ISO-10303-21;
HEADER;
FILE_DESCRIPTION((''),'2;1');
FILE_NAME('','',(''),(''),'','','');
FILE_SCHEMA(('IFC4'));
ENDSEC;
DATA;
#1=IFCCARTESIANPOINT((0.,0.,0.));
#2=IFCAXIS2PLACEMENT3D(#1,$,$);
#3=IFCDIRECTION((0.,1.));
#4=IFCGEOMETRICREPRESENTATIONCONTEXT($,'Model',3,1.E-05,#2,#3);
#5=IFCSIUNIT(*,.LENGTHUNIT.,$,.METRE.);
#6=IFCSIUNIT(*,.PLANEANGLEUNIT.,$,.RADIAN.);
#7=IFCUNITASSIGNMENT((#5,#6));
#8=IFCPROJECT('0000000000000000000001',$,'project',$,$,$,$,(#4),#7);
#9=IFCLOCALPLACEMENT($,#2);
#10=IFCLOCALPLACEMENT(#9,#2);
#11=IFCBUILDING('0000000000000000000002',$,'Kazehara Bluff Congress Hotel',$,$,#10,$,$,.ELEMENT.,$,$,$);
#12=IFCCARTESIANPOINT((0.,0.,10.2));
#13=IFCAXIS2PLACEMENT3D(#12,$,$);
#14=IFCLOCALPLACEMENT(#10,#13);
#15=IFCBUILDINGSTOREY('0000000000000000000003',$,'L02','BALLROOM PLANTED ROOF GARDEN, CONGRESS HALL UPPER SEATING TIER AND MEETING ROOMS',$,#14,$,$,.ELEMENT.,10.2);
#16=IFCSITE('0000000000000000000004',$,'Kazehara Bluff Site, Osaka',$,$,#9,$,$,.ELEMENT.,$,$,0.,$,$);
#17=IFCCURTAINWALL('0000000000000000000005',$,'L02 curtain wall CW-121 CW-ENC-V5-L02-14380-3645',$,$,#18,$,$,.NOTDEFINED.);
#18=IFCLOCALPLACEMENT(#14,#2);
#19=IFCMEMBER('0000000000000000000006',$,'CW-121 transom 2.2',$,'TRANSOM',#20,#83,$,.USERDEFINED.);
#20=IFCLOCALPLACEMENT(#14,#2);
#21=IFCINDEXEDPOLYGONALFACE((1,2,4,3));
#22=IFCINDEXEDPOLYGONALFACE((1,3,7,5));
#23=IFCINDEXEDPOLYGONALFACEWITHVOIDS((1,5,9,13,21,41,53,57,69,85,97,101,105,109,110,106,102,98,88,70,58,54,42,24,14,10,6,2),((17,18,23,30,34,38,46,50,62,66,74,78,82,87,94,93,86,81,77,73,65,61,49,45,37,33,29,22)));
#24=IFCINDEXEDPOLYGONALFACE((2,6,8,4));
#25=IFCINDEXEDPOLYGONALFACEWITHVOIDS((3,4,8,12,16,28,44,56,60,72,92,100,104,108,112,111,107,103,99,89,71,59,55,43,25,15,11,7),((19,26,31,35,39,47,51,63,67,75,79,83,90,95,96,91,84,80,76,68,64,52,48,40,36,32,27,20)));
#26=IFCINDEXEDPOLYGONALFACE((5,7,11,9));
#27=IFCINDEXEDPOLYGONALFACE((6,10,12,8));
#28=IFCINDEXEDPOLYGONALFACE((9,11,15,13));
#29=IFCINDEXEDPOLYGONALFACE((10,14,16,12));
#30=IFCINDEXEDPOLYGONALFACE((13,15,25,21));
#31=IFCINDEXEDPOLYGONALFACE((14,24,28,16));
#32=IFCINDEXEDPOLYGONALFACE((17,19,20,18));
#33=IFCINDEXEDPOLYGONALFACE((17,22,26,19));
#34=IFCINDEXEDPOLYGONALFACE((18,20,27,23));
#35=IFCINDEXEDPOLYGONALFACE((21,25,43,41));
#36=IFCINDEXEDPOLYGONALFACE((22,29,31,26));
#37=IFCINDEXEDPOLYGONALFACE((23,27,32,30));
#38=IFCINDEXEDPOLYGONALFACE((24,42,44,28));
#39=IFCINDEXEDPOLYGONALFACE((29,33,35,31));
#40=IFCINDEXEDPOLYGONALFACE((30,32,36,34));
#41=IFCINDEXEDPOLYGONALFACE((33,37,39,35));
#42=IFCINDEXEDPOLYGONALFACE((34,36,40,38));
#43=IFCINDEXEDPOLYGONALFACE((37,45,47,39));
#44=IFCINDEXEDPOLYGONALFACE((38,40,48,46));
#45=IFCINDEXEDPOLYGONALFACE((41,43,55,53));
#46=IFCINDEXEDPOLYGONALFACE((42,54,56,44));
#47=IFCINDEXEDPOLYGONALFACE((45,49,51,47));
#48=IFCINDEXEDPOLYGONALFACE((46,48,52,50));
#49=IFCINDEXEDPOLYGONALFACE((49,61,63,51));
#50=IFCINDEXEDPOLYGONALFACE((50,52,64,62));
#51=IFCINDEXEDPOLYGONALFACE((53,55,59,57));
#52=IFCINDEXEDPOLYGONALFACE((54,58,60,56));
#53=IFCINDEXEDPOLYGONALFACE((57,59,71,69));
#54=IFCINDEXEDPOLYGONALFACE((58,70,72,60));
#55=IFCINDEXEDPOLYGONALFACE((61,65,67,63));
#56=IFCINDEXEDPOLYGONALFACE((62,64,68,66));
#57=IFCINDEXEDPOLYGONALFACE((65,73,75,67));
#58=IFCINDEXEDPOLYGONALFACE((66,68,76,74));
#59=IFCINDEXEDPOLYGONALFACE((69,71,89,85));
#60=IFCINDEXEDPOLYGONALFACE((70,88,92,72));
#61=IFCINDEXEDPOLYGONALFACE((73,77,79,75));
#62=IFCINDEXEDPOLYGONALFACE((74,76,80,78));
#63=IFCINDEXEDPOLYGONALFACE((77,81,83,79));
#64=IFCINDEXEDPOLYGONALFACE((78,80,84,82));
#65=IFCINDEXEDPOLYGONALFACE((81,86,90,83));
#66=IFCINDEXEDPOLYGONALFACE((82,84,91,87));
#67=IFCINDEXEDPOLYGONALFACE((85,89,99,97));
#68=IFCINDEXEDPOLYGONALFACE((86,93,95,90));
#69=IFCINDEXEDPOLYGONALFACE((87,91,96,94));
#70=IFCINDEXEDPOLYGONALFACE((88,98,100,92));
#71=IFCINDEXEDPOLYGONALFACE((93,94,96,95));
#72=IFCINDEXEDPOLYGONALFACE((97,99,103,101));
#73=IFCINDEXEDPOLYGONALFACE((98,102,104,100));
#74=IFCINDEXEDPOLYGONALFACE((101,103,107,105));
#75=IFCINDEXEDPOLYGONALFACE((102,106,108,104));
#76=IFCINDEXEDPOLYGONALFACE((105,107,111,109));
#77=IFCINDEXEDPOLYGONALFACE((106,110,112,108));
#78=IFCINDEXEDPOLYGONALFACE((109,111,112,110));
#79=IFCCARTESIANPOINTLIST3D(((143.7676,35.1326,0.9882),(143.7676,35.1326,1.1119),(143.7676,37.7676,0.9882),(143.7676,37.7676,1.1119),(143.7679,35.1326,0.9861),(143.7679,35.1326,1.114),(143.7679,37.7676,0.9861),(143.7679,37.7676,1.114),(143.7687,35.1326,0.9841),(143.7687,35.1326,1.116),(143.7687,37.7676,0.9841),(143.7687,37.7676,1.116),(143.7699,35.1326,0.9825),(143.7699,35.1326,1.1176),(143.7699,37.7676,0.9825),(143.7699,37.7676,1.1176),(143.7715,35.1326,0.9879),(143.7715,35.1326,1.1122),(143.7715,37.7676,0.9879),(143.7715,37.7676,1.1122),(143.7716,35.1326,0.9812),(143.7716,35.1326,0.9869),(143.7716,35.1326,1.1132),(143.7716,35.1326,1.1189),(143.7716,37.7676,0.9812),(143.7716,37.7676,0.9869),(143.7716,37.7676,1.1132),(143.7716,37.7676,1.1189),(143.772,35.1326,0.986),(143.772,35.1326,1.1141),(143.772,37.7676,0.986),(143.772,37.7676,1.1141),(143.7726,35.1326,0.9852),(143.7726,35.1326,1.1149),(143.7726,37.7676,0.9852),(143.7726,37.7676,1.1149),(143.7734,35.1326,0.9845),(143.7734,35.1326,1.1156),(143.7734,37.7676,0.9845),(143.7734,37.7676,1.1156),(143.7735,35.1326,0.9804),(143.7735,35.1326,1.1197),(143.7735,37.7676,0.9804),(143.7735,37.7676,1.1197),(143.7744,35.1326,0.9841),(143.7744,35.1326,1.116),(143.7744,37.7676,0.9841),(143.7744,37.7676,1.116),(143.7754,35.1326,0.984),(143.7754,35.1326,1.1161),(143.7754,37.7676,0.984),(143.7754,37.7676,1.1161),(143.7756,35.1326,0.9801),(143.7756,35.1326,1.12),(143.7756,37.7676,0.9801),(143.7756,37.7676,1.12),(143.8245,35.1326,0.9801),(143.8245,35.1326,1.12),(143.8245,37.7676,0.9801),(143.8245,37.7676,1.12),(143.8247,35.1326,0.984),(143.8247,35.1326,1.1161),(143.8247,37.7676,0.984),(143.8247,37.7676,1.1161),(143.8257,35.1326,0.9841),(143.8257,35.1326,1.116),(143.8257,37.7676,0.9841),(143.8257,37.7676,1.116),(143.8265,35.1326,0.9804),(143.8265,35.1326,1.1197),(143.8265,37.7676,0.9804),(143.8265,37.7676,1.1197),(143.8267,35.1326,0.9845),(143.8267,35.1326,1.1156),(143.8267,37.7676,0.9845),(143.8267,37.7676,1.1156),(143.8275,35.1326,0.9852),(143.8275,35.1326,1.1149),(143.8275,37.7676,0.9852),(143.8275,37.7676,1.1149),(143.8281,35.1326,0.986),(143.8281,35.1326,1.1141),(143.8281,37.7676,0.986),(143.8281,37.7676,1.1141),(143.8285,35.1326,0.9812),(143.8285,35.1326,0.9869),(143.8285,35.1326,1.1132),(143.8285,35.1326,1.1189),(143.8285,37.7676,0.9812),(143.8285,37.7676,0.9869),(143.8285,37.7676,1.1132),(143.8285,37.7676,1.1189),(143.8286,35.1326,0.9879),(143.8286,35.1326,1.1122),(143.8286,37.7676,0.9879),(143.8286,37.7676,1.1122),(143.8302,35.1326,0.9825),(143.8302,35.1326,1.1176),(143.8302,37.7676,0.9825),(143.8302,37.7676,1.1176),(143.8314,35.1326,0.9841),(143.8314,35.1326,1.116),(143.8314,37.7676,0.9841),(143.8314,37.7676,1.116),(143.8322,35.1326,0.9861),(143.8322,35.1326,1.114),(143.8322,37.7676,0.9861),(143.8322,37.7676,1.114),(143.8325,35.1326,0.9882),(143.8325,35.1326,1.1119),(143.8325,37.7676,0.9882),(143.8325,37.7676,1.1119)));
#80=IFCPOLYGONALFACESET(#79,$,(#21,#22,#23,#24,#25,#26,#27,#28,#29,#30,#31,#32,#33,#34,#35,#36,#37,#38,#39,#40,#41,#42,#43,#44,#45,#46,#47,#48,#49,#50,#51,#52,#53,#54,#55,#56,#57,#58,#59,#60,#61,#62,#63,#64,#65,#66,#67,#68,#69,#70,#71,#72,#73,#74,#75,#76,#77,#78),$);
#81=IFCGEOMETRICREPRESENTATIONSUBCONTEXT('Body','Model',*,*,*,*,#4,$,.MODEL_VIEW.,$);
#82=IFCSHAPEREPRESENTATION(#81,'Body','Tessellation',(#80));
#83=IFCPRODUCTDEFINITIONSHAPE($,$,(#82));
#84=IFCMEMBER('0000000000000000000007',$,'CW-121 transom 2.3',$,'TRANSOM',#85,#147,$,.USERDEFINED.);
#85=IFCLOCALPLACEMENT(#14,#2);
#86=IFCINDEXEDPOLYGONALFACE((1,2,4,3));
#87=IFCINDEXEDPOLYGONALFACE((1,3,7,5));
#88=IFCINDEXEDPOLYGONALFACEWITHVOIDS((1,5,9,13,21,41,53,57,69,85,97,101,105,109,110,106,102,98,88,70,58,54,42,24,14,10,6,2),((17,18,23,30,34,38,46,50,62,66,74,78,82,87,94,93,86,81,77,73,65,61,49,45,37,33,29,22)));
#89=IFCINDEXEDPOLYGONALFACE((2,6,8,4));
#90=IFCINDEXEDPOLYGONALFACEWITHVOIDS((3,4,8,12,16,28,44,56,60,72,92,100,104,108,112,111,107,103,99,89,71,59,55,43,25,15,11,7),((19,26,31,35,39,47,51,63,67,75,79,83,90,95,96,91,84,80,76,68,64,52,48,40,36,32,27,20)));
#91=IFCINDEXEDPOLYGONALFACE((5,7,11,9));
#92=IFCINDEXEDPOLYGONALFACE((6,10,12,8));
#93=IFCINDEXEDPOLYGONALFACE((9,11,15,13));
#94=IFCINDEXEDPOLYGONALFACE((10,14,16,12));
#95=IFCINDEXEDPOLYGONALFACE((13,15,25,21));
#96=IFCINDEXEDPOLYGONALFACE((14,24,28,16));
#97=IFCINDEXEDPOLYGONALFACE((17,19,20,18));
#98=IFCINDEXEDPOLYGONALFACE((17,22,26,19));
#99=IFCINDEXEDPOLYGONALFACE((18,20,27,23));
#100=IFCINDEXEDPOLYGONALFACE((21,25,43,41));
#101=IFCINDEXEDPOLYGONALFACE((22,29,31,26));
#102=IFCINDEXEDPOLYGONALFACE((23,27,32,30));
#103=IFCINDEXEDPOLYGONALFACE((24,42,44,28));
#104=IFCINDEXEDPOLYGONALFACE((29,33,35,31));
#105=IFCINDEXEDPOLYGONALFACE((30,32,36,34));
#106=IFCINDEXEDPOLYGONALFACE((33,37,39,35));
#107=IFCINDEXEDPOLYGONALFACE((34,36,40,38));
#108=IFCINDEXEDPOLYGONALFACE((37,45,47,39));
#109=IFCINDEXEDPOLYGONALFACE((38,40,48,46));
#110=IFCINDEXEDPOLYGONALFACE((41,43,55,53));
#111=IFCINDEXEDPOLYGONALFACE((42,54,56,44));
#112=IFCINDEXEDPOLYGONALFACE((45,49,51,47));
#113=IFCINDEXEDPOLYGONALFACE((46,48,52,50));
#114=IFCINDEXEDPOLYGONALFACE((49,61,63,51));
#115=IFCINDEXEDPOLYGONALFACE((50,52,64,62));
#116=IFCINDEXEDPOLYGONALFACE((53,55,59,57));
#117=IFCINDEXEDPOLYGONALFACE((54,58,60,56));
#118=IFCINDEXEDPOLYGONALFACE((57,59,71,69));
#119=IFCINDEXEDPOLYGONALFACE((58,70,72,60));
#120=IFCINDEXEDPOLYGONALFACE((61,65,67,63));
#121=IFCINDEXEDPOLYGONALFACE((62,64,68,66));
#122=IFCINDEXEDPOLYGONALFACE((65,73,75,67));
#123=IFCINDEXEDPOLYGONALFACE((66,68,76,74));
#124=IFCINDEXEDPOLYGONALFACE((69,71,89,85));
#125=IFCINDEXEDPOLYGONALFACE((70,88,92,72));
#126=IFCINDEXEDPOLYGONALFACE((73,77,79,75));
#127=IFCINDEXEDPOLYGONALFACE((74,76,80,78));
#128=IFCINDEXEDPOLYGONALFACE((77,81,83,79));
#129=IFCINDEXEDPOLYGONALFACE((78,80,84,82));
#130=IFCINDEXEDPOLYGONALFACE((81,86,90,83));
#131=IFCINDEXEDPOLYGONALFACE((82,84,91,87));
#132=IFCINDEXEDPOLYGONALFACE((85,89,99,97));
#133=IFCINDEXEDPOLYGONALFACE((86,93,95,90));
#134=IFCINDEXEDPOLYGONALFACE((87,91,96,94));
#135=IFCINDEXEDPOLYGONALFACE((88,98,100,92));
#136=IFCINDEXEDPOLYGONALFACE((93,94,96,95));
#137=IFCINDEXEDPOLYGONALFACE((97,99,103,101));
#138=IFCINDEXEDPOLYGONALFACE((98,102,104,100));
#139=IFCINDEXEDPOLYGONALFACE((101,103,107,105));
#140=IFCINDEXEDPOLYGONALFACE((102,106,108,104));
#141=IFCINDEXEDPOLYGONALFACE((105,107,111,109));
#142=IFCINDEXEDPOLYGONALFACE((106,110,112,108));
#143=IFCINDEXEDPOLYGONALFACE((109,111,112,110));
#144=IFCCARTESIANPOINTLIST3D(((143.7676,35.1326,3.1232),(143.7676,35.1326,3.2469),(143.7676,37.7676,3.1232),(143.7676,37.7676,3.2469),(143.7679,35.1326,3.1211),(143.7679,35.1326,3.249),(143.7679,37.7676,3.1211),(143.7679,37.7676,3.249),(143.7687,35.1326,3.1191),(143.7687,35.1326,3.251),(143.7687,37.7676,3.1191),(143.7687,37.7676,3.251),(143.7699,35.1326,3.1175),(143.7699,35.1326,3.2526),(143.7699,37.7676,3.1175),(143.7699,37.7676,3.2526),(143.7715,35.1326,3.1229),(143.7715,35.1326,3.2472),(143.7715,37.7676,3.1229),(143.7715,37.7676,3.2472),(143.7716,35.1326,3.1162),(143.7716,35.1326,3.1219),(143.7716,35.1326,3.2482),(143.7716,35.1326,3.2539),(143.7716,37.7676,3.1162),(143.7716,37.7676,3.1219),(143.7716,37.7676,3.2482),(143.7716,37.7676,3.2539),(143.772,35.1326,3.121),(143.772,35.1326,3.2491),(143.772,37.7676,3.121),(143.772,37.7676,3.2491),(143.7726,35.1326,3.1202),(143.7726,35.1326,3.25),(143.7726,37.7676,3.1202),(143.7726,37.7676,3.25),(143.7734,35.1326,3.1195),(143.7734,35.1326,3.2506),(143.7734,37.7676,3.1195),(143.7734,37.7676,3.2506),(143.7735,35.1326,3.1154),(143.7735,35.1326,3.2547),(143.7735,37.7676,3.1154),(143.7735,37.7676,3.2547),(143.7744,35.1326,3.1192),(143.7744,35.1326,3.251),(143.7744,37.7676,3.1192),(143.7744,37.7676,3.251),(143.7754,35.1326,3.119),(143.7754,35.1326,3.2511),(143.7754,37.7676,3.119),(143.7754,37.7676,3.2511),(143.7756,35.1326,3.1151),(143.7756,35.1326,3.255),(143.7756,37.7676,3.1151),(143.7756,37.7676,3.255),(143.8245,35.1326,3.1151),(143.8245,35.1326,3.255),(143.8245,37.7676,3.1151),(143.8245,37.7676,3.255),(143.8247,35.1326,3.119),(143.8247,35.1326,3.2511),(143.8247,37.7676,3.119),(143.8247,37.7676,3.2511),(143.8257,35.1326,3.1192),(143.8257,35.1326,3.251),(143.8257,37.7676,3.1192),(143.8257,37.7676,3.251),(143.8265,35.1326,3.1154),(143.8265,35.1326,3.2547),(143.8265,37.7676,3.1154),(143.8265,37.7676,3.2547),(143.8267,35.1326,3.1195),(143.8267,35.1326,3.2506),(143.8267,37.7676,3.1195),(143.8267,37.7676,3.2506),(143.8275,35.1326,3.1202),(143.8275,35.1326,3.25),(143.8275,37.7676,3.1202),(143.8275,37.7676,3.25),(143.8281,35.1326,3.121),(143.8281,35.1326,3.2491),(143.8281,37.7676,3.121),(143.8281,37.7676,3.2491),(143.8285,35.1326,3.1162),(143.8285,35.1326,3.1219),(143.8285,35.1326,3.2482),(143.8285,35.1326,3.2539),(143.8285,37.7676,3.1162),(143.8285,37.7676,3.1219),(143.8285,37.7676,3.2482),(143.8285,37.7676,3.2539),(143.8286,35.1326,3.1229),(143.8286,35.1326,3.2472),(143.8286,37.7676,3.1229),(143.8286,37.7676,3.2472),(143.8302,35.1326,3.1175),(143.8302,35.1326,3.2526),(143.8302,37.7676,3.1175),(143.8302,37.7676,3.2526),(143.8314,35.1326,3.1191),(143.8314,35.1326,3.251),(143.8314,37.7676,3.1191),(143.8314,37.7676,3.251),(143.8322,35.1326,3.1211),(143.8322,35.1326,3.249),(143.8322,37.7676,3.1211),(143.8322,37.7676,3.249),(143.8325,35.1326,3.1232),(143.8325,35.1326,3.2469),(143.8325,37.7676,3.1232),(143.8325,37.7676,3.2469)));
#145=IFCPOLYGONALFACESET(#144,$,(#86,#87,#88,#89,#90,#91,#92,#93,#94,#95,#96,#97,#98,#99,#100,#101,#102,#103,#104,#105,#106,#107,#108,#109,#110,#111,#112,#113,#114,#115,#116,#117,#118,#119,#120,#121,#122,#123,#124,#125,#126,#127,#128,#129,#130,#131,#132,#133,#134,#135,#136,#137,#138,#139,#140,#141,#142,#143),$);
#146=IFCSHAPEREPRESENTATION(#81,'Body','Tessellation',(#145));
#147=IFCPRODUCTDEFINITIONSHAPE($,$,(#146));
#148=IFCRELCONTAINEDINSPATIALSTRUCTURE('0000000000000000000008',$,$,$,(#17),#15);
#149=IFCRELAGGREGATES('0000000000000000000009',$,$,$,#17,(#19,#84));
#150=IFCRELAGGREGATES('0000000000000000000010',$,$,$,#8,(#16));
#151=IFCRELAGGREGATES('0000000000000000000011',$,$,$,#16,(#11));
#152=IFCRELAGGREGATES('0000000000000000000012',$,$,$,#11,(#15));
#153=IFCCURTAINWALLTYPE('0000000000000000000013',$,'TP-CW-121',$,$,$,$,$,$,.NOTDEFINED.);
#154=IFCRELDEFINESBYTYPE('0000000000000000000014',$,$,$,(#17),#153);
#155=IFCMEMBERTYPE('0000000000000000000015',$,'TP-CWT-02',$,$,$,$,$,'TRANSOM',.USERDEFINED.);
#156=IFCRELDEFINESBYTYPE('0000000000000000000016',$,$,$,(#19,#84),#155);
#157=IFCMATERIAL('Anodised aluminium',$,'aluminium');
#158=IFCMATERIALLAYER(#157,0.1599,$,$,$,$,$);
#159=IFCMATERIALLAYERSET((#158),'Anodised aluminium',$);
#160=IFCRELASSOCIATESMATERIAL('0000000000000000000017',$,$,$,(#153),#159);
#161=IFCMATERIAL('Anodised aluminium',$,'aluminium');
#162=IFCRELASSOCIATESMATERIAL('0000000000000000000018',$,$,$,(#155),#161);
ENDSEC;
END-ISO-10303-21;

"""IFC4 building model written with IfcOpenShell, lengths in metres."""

from ifc_helpers import new_model, si_unit, direction, frame, origin, origin_2d, place, context, subcontext, project, spatial, hollow_rectangle, extrude, material, layer, layer_set, material_profile, profile_set, type_object, element, aggregate, save


model = new_model("IFC4")

# Units and contexts
model_context = context("Model", 3, precision=1e-05, world=origin(), true_north=direction((0.0, 1.0)))
body_context = subcontext(model_context, "Body", "Model", "MODEL_VIEW")
ifc_project = project(units=[si_unit("LENGTHUNIT", "METRE"), si_unit("PLANEANGLEUNIT", "RADIAN")], contexts=[model_context])

# Site, building, storey
site_placement = place(None, origin())
site = spatial("IfcSite", under=ifc_project, at=site_placement, Name="Kazehara Bluff Site, Osaka", CompositionType="ELEMENT", RefElevation=0.0)
building_placement = place(site_placement, origin())
building = spatial("IfcBuilding", under=site, at=building_placement, Name="Kazehara Bluff Congress Hotel", CompositionType="ELEMENT")
storey_placement = place(building_placement, frame((0.0, 0.0, 10.2)))
storey = spatial("IfcBuildingStorey", under=building, at=storey_placement, Name="L02", Description="BALLROOM PLANTED ROOF GARDEN, CONGRESS HALL UPPER SEATING TIER AND MEETING ROOMS", CompositionType="ELEMENT", Elevation=10.2)

# Curtain wall
ifc_material_1 = material(Name="Anodised aluminium", Category="aluminium")
ifc_layer_1 = layer(ifc_material_1, 0.1599)
ifc_layer_set_1 = layer_set([ifc_layer_1], Name="Anodised aluminium")
curtain_wall_type_1 = type_object("IfcCurtainWallType", Name="TP-CW-121", PredefinedType="NOTDEFINED", material=ifc_layer_set_1)
curtain_wall_1_placement = place(storey_placement, origin())
curtain_wall_1 = element("IfcCurtainWall", 1, at=curtain_wall_1_placement, inside=storey, type_object=curtain_wall_type_1, Name="L02 curtain wall CW-121 CW-ENC-V5-L02-14380-3645", PredefinedType="NOTDEFINED")

# Members
ifc_material_2 = material(Name="Anodised aluminium", Category="aluminium")
ifc_material_profile_1 = material_profile(ifc_material_2, hollow_rectangle(XDim=0.0649, YDim=0.1399, WallThickness=0.0039, InnerFilletRadius=0.0039, OuterFilletRadius=0.0081, at=origin_2d()))
ifc_profile_set_1 = profile_set([ifc_material_profile_1], Name="Anodised aluminium")
member_type_1 = type_object("IfcMemberType", Name="TP-CWT-02", ElementType="TRANSOM", PredefinedType="USERDEFINED", material=ifc_profile_set_1)
member_1_placement = place(storey_placement, frame((143.8, 35.1326, 1.05), z_axis=(0.0, 1.0, 0.0), x_axis=(-1.0, 0.0, 0.0)))
member_1 = element("IfcMember", 2, at=member_1_placement, type_object=member_type_1, Name="CW-121 transom 2.2", ObjectType="TRANSOM", PredefinedType="USERDEFINED", context=body_context, shape_type="SweptSolid", body=[
    extrude(hollow_rectangle(XDim=0.0649, YDim=0.1399, WallThickness=0.0039, InnerFilletRadius=0.0039, OuterFilletRadius=0.0081, at=origin_2d()), origin(), (0.0, 0.0, 1.0), 2.635),
])
member_2_placement = place(storey_placement, frame((143.8, 35.1326, 3.1851), z_axis=(0.0, 1.0, 0.0), x_axis=(-1.0, 0.0, 0.0)))
member_2 = element("IfcMember", 3, at=member_2_placement, type_object=member_type_1, Name="CW-121 transom 2.3", ObjectType="TRANSOM", PredefinedType="USERDEFINED", context=body_context, shape_type="SweptSolid", body=[
    extrude(hollow_rectangle(XDim=0.0649, YDim=0.1399, WallThickness=0.0039, InnerFilletRadius=0.0039, OuterFilletRadius=0.0081, at=origin_2d()), origin(), (0.0, 0.0, 1.0), 2.635),
])

aggregate(curtain_wall_1, [member_1, member_2])

save(model, "model.ifc")
